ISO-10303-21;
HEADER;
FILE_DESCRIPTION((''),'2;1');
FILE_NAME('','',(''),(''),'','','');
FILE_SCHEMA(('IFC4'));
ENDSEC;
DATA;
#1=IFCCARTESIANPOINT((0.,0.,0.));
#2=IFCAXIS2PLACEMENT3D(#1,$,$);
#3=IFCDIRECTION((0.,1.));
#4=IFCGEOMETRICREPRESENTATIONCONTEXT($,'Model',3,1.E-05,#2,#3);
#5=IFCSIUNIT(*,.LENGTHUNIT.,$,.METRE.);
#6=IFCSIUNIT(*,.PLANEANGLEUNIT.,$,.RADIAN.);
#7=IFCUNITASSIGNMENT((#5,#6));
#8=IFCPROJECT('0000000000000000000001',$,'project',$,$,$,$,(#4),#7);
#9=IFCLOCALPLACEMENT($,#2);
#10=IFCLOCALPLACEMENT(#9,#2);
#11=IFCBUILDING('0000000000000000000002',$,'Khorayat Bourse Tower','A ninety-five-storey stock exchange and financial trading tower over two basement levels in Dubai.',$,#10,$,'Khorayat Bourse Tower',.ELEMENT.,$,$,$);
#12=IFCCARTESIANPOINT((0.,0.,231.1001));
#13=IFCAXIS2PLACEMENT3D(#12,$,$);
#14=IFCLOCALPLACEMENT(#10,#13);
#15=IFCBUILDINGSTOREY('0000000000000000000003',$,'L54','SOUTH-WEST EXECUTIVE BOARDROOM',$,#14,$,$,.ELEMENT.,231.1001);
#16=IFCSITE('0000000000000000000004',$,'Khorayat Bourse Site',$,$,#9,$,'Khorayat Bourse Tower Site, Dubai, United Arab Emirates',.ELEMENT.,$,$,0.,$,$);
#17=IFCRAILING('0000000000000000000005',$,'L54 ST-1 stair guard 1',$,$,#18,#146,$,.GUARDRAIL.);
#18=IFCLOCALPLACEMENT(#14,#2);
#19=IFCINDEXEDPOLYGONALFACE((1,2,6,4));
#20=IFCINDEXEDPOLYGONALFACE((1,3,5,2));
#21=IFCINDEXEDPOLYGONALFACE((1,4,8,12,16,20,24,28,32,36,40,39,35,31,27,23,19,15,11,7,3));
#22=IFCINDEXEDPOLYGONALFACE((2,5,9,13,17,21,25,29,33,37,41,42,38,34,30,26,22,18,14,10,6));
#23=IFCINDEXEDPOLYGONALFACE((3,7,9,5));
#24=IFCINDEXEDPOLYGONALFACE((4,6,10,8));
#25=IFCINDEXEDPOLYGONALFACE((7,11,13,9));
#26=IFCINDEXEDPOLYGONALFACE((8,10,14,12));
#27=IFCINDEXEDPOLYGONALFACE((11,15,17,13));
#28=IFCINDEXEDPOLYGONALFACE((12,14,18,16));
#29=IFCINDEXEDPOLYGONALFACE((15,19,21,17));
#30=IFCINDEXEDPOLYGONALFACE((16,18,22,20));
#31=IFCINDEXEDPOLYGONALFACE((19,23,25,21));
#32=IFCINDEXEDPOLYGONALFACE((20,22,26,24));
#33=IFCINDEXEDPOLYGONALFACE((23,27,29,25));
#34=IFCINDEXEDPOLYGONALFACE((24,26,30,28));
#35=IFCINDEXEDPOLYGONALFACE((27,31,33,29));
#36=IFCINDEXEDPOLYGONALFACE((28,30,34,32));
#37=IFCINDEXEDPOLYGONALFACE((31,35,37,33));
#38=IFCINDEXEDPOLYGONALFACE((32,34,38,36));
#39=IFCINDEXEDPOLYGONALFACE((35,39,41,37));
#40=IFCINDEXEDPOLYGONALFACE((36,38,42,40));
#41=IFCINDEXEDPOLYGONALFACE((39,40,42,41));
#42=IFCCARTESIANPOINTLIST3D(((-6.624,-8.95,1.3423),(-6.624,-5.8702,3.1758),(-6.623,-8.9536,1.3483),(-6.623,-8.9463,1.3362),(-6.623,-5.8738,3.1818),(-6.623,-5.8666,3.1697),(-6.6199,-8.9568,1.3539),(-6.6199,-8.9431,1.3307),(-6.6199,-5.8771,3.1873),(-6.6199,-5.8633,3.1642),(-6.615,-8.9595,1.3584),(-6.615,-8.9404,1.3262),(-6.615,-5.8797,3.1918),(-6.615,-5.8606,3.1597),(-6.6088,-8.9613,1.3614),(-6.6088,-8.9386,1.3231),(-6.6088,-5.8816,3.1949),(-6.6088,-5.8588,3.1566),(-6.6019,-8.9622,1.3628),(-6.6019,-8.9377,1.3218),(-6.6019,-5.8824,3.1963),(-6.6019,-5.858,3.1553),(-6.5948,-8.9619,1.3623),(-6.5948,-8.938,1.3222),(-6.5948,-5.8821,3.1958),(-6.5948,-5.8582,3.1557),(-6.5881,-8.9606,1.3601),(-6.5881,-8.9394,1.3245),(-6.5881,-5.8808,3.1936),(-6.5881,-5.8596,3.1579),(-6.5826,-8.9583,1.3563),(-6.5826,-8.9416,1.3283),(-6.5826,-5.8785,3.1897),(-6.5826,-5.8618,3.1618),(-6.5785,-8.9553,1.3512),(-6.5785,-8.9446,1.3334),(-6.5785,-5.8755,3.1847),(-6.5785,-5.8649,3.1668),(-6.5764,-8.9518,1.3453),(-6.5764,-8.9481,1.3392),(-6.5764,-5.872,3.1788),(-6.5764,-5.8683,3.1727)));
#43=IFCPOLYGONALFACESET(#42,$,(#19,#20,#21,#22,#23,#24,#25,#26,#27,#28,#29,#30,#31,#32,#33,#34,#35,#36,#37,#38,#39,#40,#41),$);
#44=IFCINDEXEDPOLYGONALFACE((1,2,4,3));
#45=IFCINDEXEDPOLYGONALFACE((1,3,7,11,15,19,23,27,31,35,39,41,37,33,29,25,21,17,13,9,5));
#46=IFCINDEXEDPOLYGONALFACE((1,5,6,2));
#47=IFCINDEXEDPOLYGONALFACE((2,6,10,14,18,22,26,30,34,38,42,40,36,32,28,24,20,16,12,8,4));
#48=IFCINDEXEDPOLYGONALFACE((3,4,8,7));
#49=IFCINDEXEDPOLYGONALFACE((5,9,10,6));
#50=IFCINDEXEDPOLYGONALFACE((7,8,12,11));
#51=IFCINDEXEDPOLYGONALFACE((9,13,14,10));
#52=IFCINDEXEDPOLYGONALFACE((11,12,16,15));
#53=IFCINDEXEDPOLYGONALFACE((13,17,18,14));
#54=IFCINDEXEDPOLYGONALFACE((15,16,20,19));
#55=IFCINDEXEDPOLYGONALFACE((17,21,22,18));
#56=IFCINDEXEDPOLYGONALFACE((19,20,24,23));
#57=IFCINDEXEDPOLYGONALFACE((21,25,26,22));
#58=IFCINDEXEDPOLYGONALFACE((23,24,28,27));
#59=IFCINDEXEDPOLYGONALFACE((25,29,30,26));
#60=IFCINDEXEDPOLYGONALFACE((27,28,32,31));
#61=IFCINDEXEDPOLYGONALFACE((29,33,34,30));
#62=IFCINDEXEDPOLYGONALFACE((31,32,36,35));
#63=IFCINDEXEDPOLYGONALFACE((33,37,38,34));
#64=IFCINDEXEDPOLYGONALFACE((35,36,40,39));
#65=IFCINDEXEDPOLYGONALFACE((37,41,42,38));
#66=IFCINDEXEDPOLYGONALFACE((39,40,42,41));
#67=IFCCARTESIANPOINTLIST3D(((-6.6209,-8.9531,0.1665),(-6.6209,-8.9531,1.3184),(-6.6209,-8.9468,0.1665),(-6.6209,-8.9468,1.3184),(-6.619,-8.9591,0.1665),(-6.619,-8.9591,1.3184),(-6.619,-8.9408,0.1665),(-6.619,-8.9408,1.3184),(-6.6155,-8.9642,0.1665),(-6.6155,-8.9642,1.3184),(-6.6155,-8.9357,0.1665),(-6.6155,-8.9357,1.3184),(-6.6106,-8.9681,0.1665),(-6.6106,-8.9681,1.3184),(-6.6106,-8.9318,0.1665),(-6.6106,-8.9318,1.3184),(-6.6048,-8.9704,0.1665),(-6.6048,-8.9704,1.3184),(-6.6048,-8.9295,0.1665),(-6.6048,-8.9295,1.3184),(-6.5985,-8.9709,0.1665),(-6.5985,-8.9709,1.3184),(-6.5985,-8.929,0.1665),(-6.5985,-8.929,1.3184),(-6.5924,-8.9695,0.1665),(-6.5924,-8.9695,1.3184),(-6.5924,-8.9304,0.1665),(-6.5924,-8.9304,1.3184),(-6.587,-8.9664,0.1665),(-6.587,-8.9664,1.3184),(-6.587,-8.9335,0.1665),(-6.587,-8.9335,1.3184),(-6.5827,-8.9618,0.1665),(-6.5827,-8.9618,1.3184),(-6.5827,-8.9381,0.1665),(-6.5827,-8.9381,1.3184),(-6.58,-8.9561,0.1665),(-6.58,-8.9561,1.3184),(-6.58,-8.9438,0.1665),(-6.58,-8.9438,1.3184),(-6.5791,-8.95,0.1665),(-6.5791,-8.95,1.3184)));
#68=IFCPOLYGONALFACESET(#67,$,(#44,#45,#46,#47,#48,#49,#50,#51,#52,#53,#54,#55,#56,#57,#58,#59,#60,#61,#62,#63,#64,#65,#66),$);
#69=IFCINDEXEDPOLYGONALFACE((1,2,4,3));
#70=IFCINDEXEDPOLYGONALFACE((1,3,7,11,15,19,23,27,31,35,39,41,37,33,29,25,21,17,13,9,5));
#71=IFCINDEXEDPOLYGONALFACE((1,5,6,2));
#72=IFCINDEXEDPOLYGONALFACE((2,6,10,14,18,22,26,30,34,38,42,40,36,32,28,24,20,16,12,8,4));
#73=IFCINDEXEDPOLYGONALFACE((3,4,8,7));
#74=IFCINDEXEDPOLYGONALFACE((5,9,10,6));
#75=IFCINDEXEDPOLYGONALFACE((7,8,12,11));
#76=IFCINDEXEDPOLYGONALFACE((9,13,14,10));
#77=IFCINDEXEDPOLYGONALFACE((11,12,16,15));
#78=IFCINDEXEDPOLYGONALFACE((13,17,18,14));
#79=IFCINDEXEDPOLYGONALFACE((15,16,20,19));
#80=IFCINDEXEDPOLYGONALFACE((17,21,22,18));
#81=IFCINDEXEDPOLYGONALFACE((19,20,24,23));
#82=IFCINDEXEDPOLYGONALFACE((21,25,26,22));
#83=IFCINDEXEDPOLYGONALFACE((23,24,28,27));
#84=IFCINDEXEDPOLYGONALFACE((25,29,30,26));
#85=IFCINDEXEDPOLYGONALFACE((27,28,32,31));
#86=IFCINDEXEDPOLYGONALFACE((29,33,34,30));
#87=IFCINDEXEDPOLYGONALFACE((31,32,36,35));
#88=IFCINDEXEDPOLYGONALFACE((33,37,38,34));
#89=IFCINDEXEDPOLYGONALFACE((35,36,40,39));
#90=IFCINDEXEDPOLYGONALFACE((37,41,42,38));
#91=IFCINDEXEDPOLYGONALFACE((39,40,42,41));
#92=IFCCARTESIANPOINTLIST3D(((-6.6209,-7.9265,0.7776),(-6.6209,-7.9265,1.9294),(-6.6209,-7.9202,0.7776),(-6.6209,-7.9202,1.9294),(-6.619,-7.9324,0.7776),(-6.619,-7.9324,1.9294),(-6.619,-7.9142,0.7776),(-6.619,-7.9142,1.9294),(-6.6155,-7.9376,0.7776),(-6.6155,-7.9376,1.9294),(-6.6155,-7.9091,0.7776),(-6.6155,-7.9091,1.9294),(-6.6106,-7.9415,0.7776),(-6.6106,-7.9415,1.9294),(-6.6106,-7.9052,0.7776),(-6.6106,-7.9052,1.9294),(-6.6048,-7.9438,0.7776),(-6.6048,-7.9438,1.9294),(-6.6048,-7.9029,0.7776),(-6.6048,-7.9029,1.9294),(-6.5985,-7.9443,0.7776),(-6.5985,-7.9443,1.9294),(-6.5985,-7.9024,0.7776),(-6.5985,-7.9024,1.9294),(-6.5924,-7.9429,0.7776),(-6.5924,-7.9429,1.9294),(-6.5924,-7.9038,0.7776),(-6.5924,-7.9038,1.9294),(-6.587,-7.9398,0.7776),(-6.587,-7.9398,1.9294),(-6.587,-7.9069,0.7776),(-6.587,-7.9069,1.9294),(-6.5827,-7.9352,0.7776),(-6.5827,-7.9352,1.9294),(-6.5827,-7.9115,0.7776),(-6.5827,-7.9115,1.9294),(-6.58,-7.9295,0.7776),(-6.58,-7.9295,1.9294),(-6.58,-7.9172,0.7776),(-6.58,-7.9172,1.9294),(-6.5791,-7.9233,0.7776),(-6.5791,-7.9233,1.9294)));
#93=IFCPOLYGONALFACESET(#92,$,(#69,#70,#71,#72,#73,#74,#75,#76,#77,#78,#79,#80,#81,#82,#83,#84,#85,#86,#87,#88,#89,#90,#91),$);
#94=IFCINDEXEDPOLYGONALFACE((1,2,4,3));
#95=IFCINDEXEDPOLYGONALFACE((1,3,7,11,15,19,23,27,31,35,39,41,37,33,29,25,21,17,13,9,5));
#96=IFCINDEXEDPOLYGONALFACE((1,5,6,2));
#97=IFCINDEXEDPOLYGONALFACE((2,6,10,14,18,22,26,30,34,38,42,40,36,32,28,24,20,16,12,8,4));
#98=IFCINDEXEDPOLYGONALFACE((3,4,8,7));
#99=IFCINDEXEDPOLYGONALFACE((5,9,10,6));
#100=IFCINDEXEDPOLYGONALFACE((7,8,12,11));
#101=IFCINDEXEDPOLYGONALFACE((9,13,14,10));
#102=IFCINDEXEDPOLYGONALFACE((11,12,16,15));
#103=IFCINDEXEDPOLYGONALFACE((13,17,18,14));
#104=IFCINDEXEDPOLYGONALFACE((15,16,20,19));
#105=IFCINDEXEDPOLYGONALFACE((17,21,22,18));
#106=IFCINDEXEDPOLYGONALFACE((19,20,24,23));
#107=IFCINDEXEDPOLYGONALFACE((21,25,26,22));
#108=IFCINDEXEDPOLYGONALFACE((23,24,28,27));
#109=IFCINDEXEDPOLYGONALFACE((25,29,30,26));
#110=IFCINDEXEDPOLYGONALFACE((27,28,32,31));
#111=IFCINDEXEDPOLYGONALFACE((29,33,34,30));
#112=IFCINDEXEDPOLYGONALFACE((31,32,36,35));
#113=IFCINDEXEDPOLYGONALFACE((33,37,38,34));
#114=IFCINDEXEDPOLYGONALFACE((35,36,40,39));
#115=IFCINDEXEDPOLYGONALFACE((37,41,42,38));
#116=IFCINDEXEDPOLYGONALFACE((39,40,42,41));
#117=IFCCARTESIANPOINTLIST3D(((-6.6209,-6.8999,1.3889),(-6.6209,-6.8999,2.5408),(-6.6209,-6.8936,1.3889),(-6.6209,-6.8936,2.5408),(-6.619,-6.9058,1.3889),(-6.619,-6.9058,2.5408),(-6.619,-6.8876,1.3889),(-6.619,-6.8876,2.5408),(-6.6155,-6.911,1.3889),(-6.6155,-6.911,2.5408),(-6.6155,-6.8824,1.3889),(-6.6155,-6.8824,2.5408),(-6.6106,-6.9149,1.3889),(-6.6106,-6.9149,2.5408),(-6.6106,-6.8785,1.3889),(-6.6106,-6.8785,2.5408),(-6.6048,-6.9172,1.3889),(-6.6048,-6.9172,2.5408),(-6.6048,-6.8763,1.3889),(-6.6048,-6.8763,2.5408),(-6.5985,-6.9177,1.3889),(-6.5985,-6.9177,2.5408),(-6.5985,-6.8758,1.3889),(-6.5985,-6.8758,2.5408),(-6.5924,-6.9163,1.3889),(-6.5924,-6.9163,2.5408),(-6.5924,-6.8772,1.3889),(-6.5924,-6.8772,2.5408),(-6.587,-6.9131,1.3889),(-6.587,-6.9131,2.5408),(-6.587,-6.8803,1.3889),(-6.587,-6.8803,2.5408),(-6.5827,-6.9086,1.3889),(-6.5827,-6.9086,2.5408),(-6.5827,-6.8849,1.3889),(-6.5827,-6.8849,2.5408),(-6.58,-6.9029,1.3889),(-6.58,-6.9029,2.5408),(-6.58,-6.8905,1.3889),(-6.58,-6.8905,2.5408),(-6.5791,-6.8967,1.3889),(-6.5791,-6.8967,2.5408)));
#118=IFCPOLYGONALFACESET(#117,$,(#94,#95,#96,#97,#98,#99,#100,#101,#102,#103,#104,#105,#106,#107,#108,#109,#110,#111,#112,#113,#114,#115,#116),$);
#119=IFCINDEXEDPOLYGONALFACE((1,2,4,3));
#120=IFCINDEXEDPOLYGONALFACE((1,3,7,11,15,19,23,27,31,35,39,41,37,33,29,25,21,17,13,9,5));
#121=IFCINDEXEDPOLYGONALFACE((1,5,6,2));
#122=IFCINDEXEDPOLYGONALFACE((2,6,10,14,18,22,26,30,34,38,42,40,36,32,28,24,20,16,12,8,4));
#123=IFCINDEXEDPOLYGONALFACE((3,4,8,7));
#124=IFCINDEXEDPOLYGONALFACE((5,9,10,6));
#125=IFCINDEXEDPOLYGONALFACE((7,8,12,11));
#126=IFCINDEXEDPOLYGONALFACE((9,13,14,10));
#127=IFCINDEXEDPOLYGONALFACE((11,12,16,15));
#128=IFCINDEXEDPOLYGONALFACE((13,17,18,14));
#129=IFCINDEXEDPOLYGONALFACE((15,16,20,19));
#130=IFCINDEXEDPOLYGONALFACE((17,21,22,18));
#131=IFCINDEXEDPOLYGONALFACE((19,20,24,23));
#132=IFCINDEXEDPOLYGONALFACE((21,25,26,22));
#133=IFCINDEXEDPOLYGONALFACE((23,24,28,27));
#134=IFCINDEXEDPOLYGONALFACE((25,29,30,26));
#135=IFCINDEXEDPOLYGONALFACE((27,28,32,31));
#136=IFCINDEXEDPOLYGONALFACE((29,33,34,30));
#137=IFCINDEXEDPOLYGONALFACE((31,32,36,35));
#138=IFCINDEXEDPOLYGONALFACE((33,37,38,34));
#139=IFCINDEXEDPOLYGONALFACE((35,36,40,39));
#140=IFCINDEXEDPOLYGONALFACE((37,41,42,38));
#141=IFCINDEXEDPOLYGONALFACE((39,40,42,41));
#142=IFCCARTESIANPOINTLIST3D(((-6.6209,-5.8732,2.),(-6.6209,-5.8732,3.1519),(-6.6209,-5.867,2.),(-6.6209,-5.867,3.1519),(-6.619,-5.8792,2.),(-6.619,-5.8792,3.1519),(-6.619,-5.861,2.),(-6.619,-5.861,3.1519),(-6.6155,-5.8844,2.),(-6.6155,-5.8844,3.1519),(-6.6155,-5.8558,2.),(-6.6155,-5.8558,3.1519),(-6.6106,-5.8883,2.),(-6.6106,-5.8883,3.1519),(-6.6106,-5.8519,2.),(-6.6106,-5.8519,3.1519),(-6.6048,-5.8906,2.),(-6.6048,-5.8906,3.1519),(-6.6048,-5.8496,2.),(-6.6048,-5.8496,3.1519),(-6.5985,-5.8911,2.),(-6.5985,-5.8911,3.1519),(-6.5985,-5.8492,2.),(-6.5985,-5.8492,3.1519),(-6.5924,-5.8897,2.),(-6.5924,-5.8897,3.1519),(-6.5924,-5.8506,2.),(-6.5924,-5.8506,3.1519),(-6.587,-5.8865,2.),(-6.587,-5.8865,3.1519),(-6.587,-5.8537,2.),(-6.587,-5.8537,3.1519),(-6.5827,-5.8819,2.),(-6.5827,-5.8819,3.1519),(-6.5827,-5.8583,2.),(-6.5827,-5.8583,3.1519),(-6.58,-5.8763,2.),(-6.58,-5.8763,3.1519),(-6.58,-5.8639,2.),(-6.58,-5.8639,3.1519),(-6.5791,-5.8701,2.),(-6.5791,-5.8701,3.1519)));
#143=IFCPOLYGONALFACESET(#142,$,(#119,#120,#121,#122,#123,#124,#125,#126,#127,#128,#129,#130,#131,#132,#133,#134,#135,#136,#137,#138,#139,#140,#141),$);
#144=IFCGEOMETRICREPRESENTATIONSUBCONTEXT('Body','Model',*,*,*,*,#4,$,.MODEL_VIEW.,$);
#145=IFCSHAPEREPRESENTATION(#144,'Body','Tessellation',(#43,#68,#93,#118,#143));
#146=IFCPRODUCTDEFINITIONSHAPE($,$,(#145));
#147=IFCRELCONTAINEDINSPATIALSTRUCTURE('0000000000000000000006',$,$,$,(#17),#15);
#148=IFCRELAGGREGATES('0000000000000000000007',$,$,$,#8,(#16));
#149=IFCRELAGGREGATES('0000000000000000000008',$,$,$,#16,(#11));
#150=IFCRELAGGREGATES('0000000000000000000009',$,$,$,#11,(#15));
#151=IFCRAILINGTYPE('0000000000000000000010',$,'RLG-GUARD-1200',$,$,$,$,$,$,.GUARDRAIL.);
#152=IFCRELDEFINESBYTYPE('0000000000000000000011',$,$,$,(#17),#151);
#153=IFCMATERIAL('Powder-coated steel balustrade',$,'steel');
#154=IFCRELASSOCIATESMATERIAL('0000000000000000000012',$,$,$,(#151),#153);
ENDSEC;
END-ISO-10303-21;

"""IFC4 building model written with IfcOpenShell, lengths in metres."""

from ifc_helpers import new_model, si_unit, direction, frame, origin, origin_2d, place, context, subcontext, project, spatial, circle, extrude, source, transform, mapped, material, type_object, element, save


model = new_model("IFC4")

# Units and contexts
model_context = context("Model", 3, precision=1e-05, world=origin(), true_north=direction((0.0, 1.0)))
body_context = subcontext(model_context, "Body", "Model", "MODEL_VIEW")
ifc_project = project(units=[si_unit("LENGTHUNIT", "METRE"), si_unit("PLANEANGLEUNIT", "RADIAN")], contexts=[model_context])

# Site, building, storey
site_placement = place(None, origin())
site = spatial("IfcSite", under=ifc_project, at=site_placement, Name="Khorayat Bourse Site", LongName="Khorayat Bourse Tower Site, Dubai, United Arab Emirates", CompositionType="ELEMENT", RefElevation=0.0)
building_placement = place(site_placement, origin())
building = spatial("IfcBuilding", under=site, at=building_placement, Name="Khorayat Bourse Tower", Description="A ninety-five-storey stock exchange and financial trading tower over two basement levels in Dubai.", LongName="Khorayat Bourse Tower", CompositionType="ELEMENT")
storey_placement = place(building_placement, frame((0.0, 0.0, 231.1001)))
storey = spatial("IfcBuildingStorey", under=building, at=storey_placement, Name="L54", Description="SOUTH-WEST EXECUTIVE BOARDROOM", CompositionType="ELEMENT", Elevation=231.1001)

# Railing
ifc_material_1 = material(Name="Powder-coated steel balustrade", Category="steel")
railing_type_1 = type_object("IfcRailingType", Name="RLG-GUARD-1200", PredefinedType="GUARDRAIL", material=ifc_material_1)
shared_shape_1 = source(origin(), body_context, "Body", "SweptSolid", [
    extrude(circle(Radius=0.0239, at=origin_2d()), frame((0.0, 0.0, 1.1758), z_axis=(0.0, 0.859261, 0.511538), x_axis=(-1.0, 0.0, 0.0)), (0.0, 0.0, 1.0), 3.5842),
    extrude(circle(Radius=0.021, at=origin_2d()), origin(), (0.0, 0.0, 1.0), 1.1519),
    extrude(circle(Radius=0.021, at=origin_2d()), frame((0.0, 1.0266, 0.6111)), (0.0, 0.0, 1.0), 1.1519),
    extrude(circle(Radius=0.021, at=origin_2d()), frame((0.0, 2.0532, 1.2224)), (0.0, 0.0, 1.0), 1.1519),
    extrude(circle(Radius=0.021, at=origin_2d()), frame((0.0, 3.0798, 1.8335)), (0.0, 0.0, 1.0), 1.1519),
])
railing_1_placement = place(storey_placement, frame((-6.6001, -8.95, 0.1665)))
element("IfcRailing", 1, at=railing_1_placement, inside=storey, type_object=railing_type_1, Name="L54 ST-1 stair guard 1", PredefinedType="GUARDRAIL", context=body_context, shape_type="MappedRepresentation", body=[
    mapped(shared_shape_1, transform((0.0, 0.0, 0.0), scale=1.0)),
])

save(model, "model.ifc")
